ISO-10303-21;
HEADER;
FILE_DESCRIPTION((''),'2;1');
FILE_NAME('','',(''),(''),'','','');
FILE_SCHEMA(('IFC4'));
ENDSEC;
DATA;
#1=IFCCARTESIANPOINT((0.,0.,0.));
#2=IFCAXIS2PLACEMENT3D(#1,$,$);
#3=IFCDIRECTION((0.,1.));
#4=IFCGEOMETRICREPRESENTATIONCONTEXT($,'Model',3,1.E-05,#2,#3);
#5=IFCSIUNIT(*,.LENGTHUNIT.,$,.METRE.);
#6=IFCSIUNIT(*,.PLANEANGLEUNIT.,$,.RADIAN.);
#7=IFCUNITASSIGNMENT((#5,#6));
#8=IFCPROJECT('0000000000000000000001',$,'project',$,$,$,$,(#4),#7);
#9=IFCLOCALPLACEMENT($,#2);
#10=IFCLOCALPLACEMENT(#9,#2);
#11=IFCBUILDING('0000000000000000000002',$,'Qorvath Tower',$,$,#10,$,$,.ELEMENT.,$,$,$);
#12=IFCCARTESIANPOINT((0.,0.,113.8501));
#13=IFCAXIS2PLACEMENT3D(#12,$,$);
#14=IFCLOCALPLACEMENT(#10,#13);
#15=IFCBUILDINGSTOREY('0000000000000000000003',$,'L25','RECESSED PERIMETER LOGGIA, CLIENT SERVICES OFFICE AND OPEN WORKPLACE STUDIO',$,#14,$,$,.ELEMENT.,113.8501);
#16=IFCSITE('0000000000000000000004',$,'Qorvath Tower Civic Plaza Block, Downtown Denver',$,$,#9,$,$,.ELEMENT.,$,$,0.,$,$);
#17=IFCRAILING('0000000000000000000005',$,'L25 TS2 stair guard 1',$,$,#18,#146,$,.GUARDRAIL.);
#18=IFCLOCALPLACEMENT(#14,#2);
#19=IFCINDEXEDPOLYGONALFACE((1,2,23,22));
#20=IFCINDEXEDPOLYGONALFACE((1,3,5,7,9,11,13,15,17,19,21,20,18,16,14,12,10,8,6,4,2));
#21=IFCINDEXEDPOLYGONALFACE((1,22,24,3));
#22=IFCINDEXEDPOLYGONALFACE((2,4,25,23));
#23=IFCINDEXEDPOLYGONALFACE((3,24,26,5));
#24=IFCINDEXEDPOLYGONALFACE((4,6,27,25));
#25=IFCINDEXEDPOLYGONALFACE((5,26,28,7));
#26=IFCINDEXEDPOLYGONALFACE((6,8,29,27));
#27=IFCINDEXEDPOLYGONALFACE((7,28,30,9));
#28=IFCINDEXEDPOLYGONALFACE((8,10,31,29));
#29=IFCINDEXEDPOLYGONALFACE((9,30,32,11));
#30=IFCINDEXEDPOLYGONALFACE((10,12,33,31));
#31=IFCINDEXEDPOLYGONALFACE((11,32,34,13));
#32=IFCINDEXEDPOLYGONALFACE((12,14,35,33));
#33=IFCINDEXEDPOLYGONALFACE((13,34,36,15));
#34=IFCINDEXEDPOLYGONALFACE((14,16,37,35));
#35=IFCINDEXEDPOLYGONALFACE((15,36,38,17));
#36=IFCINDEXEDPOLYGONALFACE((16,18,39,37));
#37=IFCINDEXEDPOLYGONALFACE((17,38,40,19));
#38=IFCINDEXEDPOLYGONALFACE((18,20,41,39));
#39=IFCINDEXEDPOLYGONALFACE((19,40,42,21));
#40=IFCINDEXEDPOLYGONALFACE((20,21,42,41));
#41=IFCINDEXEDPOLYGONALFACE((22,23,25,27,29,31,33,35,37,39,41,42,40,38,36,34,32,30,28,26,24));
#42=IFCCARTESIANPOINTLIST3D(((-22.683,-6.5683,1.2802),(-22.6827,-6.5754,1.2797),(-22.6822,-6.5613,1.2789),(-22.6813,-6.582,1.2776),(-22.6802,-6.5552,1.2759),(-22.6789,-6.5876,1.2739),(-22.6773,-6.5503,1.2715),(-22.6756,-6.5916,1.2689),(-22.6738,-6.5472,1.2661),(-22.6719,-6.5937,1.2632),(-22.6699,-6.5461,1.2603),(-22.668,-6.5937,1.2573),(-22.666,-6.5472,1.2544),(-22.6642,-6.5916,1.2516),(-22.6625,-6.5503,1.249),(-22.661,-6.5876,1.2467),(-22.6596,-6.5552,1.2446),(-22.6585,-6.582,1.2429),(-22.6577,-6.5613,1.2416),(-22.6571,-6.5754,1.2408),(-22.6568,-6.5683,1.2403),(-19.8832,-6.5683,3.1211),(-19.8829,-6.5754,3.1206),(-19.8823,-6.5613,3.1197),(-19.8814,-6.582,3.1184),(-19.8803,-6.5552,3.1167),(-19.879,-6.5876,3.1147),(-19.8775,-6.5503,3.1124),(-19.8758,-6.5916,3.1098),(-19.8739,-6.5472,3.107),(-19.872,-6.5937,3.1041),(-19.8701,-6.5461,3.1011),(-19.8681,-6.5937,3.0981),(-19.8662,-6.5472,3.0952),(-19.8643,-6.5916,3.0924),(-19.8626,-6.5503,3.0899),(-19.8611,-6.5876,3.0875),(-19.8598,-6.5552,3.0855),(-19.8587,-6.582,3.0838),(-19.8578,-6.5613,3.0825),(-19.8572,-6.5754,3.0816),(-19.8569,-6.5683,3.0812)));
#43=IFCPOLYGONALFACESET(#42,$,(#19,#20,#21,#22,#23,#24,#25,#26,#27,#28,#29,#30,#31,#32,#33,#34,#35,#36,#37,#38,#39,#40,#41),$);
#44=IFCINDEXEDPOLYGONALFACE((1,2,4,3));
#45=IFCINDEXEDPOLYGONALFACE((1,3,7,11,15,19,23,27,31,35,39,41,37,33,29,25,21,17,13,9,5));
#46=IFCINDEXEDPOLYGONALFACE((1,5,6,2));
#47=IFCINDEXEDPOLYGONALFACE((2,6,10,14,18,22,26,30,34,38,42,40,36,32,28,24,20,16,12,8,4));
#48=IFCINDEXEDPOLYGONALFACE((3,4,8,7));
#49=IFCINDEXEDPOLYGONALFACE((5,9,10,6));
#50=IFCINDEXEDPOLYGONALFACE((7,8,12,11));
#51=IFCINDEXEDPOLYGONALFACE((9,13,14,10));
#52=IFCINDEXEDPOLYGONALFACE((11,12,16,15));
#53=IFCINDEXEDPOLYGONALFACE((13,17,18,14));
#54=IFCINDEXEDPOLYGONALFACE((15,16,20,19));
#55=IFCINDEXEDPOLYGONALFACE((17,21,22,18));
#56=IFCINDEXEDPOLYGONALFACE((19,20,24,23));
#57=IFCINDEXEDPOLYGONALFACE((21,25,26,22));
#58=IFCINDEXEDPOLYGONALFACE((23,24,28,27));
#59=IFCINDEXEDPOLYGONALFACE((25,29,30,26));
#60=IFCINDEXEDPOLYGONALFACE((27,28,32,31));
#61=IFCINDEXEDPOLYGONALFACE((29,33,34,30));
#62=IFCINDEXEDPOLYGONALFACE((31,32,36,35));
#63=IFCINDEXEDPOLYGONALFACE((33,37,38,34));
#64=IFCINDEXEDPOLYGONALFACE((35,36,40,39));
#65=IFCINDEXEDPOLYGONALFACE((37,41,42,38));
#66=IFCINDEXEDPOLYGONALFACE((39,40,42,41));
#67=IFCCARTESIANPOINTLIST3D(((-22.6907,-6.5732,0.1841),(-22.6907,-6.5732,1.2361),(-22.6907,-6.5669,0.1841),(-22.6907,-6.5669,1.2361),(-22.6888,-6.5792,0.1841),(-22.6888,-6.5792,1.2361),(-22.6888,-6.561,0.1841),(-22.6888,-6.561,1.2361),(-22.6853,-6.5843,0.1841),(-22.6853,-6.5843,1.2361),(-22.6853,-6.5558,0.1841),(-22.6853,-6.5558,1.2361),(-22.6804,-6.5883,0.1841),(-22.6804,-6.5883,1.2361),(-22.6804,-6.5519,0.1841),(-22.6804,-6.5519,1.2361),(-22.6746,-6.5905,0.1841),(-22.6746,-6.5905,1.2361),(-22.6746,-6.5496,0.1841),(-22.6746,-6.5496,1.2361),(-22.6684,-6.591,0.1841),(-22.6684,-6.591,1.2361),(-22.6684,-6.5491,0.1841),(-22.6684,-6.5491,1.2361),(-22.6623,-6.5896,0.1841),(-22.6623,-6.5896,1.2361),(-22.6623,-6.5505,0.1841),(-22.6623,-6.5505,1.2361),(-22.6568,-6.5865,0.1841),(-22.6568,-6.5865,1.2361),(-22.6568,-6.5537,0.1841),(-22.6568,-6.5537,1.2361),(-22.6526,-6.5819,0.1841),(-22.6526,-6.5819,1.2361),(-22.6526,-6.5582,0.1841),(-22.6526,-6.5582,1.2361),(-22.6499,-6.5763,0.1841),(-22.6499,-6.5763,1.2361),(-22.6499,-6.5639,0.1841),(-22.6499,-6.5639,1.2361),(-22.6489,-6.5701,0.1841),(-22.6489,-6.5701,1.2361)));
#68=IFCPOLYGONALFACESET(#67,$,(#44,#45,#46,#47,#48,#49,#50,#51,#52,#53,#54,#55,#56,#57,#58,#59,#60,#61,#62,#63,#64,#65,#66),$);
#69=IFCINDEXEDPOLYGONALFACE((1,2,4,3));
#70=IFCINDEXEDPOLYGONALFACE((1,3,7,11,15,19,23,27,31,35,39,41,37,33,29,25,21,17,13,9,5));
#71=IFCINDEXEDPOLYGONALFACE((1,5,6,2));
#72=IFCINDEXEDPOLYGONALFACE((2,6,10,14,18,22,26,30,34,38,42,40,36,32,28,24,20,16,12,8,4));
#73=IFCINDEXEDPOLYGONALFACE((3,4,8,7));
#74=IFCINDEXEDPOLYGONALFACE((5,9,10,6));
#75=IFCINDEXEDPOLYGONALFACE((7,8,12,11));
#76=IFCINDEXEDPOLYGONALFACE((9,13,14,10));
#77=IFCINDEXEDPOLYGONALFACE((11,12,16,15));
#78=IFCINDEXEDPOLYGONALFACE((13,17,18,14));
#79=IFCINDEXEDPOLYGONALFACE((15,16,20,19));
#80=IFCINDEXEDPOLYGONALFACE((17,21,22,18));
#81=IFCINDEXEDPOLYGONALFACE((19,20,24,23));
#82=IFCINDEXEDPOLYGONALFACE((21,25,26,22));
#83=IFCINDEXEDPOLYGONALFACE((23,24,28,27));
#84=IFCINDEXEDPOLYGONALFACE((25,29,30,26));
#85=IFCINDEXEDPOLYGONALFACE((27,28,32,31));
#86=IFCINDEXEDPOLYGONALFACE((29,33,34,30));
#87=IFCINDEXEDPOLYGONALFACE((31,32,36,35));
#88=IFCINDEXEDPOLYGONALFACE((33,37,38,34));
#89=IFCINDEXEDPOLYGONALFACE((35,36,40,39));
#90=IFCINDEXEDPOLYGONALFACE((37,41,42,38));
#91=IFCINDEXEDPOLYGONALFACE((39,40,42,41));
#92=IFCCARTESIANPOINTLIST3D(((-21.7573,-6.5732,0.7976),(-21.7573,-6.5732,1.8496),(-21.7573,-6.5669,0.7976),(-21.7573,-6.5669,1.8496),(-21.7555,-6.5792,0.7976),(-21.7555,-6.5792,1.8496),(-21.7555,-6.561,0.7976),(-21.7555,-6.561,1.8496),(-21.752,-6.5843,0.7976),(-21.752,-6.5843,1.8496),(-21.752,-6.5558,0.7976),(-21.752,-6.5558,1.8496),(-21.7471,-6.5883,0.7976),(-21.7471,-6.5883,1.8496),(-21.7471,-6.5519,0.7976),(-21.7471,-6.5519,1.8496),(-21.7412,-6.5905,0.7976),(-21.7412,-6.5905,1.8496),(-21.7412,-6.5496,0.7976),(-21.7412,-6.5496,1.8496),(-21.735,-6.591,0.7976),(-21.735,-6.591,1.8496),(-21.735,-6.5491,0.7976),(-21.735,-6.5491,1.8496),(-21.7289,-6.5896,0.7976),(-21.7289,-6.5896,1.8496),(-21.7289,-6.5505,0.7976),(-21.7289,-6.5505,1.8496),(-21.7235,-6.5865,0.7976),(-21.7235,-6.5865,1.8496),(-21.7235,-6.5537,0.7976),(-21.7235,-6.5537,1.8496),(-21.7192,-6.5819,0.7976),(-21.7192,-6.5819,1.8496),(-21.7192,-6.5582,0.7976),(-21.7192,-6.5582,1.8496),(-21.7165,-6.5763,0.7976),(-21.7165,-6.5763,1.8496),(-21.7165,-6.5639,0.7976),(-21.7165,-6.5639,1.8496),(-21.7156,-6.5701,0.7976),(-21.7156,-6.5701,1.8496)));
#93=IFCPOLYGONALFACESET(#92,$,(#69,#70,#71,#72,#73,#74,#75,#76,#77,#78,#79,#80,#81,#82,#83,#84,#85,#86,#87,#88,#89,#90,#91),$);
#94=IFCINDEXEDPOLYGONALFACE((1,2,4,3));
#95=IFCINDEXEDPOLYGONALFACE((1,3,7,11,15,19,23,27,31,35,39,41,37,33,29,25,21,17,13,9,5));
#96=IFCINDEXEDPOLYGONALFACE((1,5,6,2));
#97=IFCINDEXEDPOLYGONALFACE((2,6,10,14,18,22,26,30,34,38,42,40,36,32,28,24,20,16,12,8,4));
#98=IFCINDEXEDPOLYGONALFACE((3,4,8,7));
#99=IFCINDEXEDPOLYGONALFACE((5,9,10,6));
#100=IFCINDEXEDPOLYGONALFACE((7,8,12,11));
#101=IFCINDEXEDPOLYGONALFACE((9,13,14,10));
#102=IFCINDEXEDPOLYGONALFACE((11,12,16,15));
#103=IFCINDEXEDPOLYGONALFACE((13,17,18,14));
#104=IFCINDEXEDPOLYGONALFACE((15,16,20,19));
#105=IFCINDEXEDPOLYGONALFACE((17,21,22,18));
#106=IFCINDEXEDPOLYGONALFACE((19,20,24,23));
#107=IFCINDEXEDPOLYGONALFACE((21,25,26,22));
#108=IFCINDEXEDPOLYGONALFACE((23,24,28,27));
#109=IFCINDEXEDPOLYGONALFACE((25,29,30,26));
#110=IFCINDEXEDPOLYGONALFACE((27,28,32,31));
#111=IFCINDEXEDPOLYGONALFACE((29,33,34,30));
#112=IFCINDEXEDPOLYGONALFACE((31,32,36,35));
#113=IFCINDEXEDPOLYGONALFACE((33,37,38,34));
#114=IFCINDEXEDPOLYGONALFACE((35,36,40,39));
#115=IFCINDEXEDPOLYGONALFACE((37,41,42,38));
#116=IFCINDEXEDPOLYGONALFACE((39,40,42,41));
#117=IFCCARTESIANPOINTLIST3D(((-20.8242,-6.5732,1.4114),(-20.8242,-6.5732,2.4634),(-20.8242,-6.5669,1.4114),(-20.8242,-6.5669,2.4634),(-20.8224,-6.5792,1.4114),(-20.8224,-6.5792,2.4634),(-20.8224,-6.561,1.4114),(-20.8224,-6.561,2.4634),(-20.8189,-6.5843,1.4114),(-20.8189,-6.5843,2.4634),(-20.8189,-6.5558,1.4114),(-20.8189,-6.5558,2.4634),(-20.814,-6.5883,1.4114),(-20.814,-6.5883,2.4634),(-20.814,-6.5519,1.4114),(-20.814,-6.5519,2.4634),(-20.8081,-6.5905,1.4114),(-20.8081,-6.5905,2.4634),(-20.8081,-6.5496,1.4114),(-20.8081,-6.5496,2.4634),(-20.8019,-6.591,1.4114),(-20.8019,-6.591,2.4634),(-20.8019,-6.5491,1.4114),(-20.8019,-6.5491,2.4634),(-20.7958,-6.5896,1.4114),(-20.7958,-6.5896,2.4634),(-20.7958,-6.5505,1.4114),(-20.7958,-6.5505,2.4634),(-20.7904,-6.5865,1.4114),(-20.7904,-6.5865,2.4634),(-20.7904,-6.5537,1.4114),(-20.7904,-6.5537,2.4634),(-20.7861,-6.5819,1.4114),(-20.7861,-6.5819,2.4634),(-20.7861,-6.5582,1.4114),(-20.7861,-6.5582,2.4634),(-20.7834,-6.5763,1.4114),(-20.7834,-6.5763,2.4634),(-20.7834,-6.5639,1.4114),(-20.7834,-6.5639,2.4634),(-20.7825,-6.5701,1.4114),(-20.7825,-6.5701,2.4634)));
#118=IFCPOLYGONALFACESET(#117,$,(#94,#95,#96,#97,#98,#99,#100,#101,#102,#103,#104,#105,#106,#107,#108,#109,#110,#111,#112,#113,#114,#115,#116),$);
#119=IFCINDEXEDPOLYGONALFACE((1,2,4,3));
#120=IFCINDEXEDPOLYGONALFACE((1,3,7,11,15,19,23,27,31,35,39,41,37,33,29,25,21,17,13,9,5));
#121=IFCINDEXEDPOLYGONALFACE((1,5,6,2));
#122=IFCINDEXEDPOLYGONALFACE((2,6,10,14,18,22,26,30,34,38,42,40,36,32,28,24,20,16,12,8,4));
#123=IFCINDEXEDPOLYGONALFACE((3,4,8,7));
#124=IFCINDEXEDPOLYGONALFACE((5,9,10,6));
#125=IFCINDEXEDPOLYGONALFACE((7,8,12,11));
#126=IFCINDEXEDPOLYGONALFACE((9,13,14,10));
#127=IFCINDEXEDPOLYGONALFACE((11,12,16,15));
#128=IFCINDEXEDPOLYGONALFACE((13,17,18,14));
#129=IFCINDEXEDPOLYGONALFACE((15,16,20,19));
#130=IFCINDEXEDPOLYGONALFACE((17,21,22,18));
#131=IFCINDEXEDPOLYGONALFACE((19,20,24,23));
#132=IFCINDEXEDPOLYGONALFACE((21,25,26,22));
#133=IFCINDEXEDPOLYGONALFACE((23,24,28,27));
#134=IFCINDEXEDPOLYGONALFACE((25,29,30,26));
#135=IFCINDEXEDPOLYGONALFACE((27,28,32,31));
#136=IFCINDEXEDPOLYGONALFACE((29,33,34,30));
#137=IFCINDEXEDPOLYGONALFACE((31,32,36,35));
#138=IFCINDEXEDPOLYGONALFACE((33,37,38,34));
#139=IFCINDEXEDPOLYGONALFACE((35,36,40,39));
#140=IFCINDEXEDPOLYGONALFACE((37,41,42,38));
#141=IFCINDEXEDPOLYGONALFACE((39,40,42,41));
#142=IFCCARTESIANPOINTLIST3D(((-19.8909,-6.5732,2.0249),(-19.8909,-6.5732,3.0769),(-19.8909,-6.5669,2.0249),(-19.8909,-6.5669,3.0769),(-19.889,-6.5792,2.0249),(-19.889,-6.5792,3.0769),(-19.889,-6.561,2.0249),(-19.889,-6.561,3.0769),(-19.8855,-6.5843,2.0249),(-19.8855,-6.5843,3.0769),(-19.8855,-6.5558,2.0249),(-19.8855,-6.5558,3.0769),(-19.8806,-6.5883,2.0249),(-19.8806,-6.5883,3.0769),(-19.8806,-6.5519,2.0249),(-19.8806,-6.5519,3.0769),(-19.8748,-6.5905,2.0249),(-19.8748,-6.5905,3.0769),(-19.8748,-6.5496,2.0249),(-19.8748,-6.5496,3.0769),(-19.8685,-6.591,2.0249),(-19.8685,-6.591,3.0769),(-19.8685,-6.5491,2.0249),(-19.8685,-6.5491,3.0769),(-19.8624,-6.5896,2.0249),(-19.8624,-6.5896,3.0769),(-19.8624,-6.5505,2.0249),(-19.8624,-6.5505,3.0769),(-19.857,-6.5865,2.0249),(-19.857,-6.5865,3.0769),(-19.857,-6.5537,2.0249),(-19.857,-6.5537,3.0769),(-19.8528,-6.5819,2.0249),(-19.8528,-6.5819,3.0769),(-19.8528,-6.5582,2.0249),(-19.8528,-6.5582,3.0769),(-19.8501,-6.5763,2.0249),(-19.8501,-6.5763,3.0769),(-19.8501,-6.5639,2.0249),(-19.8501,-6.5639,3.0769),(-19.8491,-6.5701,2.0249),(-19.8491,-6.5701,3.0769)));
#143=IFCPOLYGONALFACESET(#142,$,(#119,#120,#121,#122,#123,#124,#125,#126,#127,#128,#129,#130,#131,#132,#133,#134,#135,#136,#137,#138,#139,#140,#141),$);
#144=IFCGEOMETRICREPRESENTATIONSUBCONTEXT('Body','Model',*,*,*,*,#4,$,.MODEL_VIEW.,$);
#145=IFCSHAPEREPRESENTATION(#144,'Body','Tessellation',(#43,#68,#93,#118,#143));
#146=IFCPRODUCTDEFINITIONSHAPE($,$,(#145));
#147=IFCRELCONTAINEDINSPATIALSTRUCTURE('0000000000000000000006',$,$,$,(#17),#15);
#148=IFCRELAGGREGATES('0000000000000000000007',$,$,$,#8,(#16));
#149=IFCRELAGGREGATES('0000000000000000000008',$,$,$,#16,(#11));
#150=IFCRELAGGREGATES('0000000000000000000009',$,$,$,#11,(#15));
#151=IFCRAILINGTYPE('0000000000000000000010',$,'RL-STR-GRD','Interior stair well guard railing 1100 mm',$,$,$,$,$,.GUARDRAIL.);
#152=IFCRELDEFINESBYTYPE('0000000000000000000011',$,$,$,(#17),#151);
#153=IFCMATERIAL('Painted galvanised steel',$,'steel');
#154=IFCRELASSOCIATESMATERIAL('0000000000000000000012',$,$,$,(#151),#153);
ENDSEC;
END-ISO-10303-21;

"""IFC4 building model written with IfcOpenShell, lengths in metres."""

from ifc_helpers import new_model, si_unit, direction, frame, origin, origin_2d, place, context, subcontext, project, spatial, circle, extrude, material, type_object, element, save


model = new_model("IFC4")

# Units and contexts
model_context = context("Model", 3, precision=1e-05, world=origin(), true_north=direction((0.0, 1.0)))
body_context = subcontext(model_context, "Body", "Model", "MODEL_VIEW")
ifc_project = project(units=[si_unit("LENGTHUNIT", "METRE"), si_unit("PLANEANGLEUNIT", "RADIAN")], contexts=[model_context])

# Site, building, storey
site_placement = place(None, origin())
site = spatial("IfcSite", under=ifc_project, at=site_placement, Name="Qorvath Tower Civic Plaza Block, Downtown Denver", CompositionType="ELEMENT", RefElevation=0.0)
building_placement = place(site_placement, origin())
building = spatial("IfcBuilding", under=site, at=building_placement, Name="Qorvath Tower", CompositionType="ELEMENT")
storey_placement = place(building_placement, frame((0.0, 0.0, 113.8501)))
storey = spatial("IfcBuildingStorey", under=building, at=storey_placement, Name="L25", Description="RECESSED PERIMETER LOGGIA, CLIENT SERVICES OFFICE AND OPEN WORKPLACE STUDIO", CompositionType="ELEMENT", Elevation=113.8501)

# Railing
ifc_material_1 = material(Name="Painted galvanised steel", Category="steel")
railing_type_1 = type_object("IfcRailingType", Name="RL-STR-GRD", Description="Interior stair well guard railing 1100 mm", PredefinedType="GUARDRAIL", material=ifc_material_1)
railing_1_placement = place(storey_placement, frame((-22.6699, -6.5701, 0.1841)))
element("IfcRailing", 1, at=railing_1_placement, inside=storey, type_object=railing_type_1, Name="L25 TS2 stair guard 1", PredefinedType="GUARDRAIL", context=body_context, shape_type="SweptSolid", body=[
    extrude(circle(Radius=0.0239, at=origin_2d()), frame((0.0, 0.0, 1.0762), z_axis=(0.835576, 0.0, 0.549376), x_axis=(0.0, 1.0, 0.0)), (0.0, 0.0, 1.0), 3.3508),
    extrude(circle(Radius=0.021, at=origin_2d()), origin(), (0.0, 0.0, 1.0), 1.052),
    extrude(circle(Radius=0.021, at=origin_2d()), frame((0.9333, 0.0, 0.6135)), (0.0, 0.0, 1.0), 1.052),
    extrude(circle(Radius=0.021, at=origin_2d()), frame((1.8665, 0.0, 1.2273)), (0.0, 0.0, 1.0), 1.052),
    extrude(circle(Radius=0.021, at=origin_2d()), frame((2.7998, 0.0, 1.8408)), (0.0, 0.0, 1.0), 1.052),
])

save(model, "model.ifc")
